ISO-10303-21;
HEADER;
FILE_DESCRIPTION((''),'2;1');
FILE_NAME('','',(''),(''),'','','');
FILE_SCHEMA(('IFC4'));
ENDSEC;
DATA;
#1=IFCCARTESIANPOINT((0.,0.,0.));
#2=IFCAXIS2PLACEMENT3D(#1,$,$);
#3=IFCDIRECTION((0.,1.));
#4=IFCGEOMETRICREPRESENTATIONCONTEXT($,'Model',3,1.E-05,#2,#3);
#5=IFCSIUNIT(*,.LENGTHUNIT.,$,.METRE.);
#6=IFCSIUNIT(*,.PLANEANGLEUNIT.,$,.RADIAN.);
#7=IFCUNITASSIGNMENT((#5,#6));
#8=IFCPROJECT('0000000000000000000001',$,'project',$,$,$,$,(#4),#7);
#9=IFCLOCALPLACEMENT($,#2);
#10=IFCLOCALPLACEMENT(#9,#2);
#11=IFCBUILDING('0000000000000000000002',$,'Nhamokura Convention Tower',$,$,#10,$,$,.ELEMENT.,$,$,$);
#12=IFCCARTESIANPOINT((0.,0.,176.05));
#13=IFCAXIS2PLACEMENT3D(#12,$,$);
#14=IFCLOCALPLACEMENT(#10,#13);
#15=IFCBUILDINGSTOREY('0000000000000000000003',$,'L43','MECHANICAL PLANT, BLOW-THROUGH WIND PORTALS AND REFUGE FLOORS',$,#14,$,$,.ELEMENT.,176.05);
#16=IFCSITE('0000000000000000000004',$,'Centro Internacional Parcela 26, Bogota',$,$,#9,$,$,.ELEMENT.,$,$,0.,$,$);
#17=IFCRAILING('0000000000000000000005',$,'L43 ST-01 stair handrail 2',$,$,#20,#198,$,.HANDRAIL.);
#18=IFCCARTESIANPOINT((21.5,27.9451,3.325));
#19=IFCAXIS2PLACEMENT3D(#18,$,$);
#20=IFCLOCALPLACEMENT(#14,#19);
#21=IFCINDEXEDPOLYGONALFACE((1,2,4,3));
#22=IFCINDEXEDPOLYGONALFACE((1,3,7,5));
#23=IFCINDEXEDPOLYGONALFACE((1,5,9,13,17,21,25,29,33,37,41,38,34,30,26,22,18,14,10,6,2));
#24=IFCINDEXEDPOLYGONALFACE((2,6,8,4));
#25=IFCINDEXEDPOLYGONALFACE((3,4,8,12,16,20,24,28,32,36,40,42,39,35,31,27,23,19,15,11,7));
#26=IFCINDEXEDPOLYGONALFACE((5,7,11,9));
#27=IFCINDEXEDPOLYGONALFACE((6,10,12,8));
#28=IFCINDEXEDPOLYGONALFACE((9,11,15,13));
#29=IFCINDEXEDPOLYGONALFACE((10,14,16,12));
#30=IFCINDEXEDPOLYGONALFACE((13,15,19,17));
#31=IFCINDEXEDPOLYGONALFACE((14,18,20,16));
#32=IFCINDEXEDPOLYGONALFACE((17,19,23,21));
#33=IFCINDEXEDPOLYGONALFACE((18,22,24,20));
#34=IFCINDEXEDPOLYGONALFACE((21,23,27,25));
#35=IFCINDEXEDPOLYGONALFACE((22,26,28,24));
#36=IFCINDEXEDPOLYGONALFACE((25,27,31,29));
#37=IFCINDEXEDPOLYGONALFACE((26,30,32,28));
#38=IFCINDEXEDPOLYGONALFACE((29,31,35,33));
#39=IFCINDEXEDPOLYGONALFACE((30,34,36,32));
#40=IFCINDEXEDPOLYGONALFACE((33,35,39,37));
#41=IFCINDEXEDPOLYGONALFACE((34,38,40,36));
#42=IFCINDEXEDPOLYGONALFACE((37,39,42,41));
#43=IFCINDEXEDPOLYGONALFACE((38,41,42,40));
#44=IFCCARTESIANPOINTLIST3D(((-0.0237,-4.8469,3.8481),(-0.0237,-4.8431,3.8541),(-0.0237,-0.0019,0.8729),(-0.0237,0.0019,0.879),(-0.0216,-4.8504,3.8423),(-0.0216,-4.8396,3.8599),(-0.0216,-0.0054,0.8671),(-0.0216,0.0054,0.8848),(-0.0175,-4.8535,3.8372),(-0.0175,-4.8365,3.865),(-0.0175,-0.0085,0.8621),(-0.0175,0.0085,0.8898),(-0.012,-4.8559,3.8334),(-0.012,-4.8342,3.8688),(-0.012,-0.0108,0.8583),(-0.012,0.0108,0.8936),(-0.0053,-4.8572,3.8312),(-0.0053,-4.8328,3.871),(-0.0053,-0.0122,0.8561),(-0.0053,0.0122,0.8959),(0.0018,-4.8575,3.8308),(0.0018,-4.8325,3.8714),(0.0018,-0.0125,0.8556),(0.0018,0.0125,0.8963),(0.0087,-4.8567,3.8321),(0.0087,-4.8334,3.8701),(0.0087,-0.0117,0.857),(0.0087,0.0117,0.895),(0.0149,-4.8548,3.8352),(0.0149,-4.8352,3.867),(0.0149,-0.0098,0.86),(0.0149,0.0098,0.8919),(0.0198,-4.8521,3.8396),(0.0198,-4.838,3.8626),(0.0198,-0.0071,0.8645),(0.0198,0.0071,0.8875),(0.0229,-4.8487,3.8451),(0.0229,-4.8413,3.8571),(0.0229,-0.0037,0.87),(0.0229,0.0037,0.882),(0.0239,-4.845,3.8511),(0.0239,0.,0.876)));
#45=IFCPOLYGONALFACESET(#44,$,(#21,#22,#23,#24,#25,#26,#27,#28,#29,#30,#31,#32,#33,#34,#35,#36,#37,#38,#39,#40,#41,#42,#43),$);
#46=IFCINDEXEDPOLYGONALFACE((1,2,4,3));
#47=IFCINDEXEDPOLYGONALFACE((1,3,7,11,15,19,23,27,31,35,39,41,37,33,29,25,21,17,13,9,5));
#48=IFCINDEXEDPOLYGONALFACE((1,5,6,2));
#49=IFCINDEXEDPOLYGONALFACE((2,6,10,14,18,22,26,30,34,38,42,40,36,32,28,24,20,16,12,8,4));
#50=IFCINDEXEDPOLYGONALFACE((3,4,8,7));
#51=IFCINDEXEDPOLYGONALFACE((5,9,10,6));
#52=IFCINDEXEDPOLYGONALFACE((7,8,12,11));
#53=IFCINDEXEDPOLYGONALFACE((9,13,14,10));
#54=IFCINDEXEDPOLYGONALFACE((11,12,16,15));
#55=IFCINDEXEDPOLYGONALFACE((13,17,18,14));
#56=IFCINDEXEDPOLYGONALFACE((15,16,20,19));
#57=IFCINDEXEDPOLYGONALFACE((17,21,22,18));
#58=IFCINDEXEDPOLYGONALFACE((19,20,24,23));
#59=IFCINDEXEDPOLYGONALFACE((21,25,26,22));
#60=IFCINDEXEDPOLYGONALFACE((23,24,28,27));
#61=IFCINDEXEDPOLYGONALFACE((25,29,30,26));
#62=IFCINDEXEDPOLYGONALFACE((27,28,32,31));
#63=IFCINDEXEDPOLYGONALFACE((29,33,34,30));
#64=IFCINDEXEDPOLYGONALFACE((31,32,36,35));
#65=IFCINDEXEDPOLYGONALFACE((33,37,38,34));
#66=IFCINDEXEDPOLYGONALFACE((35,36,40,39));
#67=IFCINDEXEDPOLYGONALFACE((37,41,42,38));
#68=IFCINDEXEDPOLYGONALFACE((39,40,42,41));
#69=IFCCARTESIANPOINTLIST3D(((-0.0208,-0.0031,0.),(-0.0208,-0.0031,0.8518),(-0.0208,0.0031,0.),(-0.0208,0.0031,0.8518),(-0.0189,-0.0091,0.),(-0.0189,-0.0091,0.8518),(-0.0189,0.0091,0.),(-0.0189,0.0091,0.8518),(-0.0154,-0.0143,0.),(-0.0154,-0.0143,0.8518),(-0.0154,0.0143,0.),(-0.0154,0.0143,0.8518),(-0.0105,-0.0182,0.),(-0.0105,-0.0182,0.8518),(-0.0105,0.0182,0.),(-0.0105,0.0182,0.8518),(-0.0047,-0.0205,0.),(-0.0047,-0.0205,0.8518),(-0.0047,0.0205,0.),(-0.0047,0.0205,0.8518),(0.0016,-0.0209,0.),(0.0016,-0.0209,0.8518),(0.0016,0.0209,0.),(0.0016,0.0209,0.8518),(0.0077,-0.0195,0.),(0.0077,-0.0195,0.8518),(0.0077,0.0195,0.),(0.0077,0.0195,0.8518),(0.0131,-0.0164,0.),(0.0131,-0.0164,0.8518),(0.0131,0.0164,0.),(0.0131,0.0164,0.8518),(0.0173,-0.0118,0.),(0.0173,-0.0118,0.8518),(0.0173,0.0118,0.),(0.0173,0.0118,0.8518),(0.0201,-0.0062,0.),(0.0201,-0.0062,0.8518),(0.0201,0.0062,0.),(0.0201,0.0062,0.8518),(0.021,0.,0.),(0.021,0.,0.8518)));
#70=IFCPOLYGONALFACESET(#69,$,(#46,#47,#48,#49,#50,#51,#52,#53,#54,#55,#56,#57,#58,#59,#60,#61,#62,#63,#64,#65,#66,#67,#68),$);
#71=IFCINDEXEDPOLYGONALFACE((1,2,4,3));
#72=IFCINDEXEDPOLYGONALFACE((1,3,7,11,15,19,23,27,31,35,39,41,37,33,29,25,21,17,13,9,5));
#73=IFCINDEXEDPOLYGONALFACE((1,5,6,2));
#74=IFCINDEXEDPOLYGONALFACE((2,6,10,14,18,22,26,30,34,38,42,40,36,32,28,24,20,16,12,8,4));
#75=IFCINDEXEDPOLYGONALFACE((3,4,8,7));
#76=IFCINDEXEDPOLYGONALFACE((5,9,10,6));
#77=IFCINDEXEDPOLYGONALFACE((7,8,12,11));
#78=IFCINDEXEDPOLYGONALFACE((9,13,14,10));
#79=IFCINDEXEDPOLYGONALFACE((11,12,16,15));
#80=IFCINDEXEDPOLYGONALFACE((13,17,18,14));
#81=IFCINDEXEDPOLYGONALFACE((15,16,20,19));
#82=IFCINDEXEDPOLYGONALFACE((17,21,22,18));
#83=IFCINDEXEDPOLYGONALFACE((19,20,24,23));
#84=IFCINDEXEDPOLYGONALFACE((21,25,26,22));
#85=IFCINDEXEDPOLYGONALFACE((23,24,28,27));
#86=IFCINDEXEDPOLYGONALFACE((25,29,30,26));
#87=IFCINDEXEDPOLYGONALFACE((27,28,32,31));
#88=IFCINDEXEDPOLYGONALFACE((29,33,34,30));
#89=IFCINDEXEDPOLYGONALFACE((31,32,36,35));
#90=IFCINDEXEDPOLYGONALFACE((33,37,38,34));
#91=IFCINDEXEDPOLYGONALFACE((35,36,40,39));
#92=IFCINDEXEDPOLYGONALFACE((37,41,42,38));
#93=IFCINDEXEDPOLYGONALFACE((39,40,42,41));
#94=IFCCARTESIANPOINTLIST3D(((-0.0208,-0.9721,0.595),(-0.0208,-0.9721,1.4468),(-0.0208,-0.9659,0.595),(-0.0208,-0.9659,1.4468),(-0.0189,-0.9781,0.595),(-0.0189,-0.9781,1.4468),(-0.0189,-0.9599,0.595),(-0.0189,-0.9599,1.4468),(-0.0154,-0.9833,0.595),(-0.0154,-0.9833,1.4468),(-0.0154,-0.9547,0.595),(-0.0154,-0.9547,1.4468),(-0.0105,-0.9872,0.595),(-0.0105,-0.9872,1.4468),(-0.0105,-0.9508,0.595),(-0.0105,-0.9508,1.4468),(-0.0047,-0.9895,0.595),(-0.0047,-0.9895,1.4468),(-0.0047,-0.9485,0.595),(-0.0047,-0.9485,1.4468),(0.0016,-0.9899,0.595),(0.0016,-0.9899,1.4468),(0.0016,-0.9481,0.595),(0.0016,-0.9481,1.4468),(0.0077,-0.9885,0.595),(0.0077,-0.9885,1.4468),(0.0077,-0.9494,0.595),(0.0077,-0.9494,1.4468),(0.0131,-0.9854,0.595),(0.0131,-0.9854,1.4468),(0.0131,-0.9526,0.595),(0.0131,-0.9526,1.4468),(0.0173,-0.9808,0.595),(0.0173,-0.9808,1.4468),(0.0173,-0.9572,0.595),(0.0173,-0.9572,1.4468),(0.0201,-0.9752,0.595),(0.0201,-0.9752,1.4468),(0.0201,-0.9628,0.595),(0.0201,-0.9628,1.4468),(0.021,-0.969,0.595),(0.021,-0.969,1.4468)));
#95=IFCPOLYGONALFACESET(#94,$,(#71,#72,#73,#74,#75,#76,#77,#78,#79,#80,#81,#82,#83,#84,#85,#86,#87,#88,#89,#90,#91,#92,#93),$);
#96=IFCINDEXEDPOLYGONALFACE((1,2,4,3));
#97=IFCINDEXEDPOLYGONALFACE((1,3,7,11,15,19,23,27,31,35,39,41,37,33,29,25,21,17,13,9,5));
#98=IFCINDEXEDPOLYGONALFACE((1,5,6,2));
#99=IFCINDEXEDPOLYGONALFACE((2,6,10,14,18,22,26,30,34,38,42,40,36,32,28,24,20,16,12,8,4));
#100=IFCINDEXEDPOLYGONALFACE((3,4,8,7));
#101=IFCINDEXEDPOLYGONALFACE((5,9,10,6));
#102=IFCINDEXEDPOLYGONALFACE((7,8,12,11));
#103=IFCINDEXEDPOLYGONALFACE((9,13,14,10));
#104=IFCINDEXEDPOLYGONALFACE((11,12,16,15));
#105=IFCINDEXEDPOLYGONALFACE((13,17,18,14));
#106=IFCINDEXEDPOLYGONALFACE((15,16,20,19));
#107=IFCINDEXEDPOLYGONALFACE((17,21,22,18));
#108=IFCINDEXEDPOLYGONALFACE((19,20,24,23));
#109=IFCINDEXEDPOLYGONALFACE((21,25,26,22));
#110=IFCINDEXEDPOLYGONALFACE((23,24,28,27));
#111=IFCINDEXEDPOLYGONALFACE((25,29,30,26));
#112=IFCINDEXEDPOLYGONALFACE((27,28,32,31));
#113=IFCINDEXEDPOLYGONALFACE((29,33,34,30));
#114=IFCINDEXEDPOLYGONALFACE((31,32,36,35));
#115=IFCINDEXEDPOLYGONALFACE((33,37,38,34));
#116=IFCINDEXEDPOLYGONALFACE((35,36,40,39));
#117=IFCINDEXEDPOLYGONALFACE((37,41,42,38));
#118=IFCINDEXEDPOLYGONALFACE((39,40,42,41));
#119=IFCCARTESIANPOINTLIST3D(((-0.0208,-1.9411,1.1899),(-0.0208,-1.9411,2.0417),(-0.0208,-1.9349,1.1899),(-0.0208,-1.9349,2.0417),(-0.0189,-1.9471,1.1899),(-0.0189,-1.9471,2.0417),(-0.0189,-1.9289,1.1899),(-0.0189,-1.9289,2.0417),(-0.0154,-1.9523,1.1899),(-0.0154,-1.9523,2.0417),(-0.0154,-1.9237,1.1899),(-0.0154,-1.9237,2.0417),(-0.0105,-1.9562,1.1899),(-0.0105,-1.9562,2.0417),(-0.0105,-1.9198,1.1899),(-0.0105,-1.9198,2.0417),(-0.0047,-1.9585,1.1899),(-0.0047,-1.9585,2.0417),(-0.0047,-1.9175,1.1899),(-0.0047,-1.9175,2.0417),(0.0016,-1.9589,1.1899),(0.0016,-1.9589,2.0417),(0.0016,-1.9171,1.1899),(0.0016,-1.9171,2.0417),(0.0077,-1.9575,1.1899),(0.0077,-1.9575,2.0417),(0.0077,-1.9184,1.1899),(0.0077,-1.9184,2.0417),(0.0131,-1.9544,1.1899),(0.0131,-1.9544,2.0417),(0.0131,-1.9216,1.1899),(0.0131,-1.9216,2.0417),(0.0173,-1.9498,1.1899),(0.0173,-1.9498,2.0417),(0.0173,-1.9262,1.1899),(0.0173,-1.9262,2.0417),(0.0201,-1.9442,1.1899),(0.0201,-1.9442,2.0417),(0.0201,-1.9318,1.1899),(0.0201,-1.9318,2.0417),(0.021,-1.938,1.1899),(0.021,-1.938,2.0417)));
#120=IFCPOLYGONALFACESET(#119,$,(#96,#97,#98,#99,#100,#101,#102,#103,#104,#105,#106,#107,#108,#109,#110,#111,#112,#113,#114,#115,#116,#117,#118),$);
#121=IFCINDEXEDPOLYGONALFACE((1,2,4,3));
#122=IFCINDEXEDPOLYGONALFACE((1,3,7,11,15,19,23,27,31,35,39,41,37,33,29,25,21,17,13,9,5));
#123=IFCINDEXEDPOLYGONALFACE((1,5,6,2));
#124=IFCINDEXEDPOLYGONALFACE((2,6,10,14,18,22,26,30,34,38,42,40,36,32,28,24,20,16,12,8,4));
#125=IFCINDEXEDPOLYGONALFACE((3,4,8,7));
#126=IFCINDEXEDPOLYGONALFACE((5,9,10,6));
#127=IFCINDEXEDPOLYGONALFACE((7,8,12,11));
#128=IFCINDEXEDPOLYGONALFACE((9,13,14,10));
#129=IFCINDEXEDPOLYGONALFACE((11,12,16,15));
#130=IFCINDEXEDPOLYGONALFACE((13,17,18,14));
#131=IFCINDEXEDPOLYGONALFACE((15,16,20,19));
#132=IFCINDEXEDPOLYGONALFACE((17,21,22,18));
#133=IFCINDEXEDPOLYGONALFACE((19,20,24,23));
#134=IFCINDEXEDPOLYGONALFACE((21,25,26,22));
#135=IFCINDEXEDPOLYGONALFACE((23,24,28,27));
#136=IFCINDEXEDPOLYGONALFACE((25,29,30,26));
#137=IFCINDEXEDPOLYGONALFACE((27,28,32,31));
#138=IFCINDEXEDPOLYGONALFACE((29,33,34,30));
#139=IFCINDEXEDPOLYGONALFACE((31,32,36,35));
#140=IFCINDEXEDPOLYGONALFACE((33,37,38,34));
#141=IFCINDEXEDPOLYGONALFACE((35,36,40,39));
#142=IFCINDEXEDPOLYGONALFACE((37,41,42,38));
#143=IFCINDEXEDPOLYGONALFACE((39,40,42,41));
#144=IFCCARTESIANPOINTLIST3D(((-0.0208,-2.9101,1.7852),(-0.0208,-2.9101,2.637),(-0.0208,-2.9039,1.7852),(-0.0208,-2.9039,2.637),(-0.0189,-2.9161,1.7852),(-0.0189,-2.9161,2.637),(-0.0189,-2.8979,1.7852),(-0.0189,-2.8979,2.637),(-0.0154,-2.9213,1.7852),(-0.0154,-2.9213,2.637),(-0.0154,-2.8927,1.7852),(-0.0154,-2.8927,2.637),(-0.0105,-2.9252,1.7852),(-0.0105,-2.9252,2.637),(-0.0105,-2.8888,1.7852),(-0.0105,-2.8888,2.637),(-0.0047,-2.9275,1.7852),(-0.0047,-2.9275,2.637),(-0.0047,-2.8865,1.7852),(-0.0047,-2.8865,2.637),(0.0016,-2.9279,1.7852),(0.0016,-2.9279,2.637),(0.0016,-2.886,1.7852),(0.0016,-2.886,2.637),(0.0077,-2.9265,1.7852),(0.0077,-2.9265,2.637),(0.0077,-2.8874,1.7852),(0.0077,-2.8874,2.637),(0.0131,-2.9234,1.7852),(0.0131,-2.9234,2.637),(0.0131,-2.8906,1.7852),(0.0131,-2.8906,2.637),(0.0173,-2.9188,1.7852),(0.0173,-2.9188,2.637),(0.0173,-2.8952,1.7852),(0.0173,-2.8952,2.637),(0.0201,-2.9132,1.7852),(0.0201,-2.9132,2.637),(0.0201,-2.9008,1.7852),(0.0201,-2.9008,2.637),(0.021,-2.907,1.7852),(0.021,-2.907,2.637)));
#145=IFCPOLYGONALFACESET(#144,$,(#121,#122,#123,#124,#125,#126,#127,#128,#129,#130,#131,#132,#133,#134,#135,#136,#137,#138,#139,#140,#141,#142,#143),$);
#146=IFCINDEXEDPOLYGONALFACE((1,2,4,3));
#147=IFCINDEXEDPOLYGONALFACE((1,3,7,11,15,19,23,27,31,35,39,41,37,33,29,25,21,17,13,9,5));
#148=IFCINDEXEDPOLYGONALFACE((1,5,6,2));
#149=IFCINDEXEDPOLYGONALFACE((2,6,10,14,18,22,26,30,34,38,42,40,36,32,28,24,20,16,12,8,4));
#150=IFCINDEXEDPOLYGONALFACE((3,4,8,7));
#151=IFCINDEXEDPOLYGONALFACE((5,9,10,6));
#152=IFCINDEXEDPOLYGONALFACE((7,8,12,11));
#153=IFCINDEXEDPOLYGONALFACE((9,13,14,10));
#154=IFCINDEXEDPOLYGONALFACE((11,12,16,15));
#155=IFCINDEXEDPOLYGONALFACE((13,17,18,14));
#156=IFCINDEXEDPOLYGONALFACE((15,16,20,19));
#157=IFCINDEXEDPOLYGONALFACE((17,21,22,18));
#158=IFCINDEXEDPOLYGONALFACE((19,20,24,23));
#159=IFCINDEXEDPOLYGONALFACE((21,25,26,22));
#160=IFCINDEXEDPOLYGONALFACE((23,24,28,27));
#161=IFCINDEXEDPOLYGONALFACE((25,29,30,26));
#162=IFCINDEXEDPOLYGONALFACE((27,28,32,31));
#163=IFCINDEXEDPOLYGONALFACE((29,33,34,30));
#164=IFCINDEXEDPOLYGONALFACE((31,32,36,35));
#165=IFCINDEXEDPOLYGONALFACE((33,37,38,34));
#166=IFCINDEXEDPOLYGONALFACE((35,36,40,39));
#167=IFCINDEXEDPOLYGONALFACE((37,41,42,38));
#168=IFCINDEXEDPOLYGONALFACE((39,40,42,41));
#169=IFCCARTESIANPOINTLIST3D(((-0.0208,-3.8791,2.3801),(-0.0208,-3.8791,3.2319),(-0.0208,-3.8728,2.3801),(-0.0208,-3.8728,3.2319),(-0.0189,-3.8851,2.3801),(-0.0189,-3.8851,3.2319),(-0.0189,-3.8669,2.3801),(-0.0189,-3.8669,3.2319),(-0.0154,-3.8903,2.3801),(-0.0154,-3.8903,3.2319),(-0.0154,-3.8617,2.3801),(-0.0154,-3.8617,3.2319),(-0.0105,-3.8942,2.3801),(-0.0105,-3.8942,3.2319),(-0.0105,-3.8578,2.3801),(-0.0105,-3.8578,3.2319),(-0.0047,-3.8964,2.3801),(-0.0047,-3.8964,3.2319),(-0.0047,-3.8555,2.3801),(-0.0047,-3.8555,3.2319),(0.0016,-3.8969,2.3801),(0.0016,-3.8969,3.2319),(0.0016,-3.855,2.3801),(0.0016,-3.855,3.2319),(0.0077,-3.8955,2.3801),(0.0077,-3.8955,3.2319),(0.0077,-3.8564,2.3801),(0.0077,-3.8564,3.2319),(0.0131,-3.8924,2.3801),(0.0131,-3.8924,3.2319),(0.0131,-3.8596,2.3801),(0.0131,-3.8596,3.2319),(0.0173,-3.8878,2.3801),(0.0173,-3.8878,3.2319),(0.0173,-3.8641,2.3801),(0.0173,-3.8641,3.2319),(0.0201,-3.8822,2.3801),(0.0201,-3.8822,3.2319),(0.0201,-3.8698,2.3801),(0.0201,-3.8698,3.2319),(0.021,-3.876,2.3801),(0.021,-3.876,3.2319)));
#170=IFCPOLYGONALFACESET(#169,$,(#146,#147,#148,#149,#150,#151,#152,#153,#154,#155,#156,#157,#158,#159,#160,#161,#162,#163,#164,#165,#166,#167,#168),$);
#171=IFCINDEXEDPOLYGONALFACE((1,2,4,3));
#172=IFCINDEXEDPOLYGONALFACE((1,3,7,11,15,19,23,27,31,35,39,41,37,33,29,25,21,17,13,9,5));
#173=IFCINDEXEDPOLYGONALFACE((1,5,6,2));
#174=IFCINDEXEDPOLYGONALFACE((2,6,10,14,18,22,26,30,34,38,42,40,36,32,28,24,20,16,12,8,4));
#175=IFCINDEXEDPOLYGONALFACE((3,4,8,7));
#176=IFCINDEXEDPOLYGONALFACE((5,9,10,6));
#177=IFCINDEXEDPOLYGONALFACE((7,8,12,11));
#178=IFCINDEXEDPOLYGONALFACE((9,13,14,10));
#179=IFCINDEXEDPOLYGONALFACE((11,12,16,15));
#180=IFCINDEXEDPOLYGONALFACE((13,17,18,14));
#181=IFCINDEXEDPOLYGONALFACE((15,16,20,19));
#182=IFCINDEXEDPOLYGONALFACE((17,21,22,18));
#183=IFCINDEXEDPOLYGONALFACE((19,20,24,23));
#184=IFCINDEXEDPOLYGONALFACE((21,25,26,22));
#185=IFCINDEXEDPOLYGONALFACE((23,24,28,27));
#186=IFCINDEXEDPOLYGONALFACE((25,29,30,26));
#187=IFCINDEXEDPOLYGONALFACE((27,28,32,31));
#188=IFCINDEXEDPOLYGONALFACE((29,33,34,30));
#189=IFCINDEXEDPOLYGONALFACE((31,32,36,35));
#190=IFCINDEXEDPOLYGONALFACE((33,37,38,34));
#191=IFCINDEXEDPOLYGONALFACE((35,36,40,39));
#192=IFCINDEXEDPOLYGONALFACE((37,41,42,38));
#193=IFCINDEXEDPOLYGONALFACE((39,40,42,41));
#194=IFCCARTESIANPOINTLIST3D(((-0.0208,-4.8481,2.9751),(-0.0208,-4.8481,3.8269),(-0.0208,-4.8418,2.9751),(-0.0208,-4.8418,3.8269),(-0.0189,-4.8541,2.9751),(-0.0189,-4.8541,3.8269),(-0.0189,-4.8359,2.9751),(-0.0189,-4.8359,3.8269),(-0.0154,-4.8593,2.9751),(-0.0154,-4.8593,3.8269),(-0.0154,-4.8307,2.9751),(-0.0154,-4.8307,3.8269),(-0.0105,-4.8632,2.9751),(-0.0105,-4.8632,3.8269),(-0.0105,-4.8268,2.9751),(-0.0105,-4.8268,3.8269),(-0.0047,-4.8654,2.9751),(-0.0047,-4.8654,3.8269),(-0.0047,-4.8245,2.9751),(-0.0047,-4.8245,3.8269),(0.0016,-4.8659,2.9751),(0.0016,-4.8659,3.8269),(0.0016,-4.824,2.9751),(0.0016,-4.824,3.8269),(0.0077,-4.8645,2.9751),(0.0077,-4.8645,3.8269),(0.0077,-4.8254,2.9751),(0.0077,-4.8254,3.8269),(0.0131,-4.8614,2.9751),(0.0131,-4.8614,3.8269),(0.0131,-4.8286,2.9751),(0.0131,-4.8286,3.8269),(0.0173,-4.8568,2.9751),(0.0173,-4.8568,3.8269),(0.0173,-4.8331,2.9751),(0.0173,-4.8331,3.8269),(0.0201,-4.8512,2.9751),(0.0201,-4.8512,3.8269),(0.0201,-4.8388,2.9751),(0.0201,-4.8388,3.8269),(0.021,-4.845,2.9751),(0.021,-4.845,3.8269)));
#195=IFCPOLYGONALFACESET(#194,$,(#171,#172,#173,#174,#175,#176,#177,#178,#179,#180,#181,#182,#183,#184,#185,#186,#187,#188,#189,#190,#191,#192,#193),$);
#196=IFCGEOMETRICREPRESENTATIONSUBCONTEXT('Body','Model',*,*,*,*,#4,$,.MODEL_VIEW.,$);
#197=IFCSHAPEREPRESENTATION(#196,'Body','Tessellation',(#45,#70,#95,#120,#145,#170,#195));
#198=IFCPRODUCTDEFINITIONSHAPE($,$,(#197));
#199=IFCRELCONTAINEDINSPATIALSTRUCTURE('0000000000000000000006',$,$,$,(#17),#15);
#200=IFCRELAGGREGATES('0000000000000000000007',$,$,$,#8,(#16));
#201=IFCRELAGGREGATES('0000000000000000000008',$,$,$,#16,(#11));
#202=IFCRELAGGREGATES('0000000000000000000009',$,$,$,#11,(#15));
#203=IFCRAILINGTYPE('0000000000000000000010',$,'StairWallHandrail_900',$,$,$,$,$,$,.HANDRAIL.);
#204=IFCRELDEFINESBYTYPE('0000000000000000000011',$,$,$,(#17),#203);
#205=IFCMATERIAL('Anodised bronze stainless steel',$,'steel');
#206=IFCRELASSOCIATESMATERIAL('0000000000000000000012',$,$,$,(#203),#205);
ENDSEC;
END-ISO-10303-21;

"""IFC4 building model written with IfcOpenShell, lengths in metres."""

from ifc_helpers import new_model, si_unit, direction, frame, origin, origin_2d, place, context, subcontext, project, spatial, circle, extrude, material, type_object, element, save


model = new_model("IFC4")

# Units and contexts
model_context = context("Model", 3, precision=1e-05, world=origin(), true_north=direction((0.0, 1.0)))
body_context = subcontext(model_context, "Body", "Model", "MODEL_VIEW")
ifc_project = project(units=[si_unit("LENGTHUNIT", "METRE"), si_unit("PLANEANGLEUNIT", "RADIAN")], contexts=[model_context])

# Site, building, storey
site_placement = place(None, origin())
site = spatial("IfcSite", under=ifc_project, at=site_placement, Name="Centro Internacional Parcela 26, Bogota", CompositionType="ELEMENT", RefElevation=0.0)
building_placement = place(site_placement, origin())
building = spatial("IfcBuilding", under=site, at=building_placement, Name="Nhamokura Convention Tower", CompositionType="ELEMENT")
storey_placement = place(building_placement, frame((0.0, 0.0, 176.05)))
storey = spatial("IfcBuildingStorey", under=building, at=storey_placement, Name="L43", Description="MECHANICAL PLANT, BLOW-THROUGH WIND PORTALS AND REFUGE FLOORS", CompositionType="ELEMENT", Elevation=176.05)

# Railing
ifc_material_1 = material(Name="Anodised bronze stainless steel", Category="steel")
railing_type_1 = type_object("IfcRailingType", Name="StairWallHandrail_900", PredefinedType="HANDRAIL", material=ifc_material_1)
railing_1_placement = place(storey_placement, frame((21.5, 27.9451, 3.325)))
element("IfcRailing", 1, at=railing_1_placement, inside=storey, type_object=railing_type_1, Name="L43 ST-01 stair handrail 2", PredefinedType="HANDRAIL", context=body_context, shape_type="SweptSolid", body=[
    extrude(circle(Radius=0.0239, at=origin_2d()), frame((0.0, 0.0, 0.876), z_axis=(0.0, -0.852162, 0.523278), x_axis=(1.0, 0.0, 0.0)), (0.0, 0.0, 1.0), 5.6855),
    extrude(circle(Radius=0.021, at=origin_2d()), origin(), (0.0, 0.0, 1.0), 0.8518),
    extrude(circle(Radius=0.021, at=origin_2d()), frame((0.0, -0.969, 0.595)), (0.0, 0.0, 1.0), 0.8518),
    extrude(circle(Radius=0.021, at=origin_2d()), frame((0.0, -1.938, 1.1899)), (0.0, 0.0, 1.0), 0.8518),
    extrude(circle(Radius=0.021, at=origin_2d()), frame((0.0, -2.907, 1.7852)), (0.0, 0.0, 1.0), 0.8518),
    extrude(circle(Radius=0.021, at=origin_2d()), frame((0.0, -3.876, 2.3801)), (0.0, 0.0, 1.0), 0.8518),
    extrude(circle(Radius=0.021, at=origin_2d()), frame((0.0, -4.845, 2.9751)), (0.0, 0.0, 1.0), 0.8518),
])

save(model, "model.ifc")
